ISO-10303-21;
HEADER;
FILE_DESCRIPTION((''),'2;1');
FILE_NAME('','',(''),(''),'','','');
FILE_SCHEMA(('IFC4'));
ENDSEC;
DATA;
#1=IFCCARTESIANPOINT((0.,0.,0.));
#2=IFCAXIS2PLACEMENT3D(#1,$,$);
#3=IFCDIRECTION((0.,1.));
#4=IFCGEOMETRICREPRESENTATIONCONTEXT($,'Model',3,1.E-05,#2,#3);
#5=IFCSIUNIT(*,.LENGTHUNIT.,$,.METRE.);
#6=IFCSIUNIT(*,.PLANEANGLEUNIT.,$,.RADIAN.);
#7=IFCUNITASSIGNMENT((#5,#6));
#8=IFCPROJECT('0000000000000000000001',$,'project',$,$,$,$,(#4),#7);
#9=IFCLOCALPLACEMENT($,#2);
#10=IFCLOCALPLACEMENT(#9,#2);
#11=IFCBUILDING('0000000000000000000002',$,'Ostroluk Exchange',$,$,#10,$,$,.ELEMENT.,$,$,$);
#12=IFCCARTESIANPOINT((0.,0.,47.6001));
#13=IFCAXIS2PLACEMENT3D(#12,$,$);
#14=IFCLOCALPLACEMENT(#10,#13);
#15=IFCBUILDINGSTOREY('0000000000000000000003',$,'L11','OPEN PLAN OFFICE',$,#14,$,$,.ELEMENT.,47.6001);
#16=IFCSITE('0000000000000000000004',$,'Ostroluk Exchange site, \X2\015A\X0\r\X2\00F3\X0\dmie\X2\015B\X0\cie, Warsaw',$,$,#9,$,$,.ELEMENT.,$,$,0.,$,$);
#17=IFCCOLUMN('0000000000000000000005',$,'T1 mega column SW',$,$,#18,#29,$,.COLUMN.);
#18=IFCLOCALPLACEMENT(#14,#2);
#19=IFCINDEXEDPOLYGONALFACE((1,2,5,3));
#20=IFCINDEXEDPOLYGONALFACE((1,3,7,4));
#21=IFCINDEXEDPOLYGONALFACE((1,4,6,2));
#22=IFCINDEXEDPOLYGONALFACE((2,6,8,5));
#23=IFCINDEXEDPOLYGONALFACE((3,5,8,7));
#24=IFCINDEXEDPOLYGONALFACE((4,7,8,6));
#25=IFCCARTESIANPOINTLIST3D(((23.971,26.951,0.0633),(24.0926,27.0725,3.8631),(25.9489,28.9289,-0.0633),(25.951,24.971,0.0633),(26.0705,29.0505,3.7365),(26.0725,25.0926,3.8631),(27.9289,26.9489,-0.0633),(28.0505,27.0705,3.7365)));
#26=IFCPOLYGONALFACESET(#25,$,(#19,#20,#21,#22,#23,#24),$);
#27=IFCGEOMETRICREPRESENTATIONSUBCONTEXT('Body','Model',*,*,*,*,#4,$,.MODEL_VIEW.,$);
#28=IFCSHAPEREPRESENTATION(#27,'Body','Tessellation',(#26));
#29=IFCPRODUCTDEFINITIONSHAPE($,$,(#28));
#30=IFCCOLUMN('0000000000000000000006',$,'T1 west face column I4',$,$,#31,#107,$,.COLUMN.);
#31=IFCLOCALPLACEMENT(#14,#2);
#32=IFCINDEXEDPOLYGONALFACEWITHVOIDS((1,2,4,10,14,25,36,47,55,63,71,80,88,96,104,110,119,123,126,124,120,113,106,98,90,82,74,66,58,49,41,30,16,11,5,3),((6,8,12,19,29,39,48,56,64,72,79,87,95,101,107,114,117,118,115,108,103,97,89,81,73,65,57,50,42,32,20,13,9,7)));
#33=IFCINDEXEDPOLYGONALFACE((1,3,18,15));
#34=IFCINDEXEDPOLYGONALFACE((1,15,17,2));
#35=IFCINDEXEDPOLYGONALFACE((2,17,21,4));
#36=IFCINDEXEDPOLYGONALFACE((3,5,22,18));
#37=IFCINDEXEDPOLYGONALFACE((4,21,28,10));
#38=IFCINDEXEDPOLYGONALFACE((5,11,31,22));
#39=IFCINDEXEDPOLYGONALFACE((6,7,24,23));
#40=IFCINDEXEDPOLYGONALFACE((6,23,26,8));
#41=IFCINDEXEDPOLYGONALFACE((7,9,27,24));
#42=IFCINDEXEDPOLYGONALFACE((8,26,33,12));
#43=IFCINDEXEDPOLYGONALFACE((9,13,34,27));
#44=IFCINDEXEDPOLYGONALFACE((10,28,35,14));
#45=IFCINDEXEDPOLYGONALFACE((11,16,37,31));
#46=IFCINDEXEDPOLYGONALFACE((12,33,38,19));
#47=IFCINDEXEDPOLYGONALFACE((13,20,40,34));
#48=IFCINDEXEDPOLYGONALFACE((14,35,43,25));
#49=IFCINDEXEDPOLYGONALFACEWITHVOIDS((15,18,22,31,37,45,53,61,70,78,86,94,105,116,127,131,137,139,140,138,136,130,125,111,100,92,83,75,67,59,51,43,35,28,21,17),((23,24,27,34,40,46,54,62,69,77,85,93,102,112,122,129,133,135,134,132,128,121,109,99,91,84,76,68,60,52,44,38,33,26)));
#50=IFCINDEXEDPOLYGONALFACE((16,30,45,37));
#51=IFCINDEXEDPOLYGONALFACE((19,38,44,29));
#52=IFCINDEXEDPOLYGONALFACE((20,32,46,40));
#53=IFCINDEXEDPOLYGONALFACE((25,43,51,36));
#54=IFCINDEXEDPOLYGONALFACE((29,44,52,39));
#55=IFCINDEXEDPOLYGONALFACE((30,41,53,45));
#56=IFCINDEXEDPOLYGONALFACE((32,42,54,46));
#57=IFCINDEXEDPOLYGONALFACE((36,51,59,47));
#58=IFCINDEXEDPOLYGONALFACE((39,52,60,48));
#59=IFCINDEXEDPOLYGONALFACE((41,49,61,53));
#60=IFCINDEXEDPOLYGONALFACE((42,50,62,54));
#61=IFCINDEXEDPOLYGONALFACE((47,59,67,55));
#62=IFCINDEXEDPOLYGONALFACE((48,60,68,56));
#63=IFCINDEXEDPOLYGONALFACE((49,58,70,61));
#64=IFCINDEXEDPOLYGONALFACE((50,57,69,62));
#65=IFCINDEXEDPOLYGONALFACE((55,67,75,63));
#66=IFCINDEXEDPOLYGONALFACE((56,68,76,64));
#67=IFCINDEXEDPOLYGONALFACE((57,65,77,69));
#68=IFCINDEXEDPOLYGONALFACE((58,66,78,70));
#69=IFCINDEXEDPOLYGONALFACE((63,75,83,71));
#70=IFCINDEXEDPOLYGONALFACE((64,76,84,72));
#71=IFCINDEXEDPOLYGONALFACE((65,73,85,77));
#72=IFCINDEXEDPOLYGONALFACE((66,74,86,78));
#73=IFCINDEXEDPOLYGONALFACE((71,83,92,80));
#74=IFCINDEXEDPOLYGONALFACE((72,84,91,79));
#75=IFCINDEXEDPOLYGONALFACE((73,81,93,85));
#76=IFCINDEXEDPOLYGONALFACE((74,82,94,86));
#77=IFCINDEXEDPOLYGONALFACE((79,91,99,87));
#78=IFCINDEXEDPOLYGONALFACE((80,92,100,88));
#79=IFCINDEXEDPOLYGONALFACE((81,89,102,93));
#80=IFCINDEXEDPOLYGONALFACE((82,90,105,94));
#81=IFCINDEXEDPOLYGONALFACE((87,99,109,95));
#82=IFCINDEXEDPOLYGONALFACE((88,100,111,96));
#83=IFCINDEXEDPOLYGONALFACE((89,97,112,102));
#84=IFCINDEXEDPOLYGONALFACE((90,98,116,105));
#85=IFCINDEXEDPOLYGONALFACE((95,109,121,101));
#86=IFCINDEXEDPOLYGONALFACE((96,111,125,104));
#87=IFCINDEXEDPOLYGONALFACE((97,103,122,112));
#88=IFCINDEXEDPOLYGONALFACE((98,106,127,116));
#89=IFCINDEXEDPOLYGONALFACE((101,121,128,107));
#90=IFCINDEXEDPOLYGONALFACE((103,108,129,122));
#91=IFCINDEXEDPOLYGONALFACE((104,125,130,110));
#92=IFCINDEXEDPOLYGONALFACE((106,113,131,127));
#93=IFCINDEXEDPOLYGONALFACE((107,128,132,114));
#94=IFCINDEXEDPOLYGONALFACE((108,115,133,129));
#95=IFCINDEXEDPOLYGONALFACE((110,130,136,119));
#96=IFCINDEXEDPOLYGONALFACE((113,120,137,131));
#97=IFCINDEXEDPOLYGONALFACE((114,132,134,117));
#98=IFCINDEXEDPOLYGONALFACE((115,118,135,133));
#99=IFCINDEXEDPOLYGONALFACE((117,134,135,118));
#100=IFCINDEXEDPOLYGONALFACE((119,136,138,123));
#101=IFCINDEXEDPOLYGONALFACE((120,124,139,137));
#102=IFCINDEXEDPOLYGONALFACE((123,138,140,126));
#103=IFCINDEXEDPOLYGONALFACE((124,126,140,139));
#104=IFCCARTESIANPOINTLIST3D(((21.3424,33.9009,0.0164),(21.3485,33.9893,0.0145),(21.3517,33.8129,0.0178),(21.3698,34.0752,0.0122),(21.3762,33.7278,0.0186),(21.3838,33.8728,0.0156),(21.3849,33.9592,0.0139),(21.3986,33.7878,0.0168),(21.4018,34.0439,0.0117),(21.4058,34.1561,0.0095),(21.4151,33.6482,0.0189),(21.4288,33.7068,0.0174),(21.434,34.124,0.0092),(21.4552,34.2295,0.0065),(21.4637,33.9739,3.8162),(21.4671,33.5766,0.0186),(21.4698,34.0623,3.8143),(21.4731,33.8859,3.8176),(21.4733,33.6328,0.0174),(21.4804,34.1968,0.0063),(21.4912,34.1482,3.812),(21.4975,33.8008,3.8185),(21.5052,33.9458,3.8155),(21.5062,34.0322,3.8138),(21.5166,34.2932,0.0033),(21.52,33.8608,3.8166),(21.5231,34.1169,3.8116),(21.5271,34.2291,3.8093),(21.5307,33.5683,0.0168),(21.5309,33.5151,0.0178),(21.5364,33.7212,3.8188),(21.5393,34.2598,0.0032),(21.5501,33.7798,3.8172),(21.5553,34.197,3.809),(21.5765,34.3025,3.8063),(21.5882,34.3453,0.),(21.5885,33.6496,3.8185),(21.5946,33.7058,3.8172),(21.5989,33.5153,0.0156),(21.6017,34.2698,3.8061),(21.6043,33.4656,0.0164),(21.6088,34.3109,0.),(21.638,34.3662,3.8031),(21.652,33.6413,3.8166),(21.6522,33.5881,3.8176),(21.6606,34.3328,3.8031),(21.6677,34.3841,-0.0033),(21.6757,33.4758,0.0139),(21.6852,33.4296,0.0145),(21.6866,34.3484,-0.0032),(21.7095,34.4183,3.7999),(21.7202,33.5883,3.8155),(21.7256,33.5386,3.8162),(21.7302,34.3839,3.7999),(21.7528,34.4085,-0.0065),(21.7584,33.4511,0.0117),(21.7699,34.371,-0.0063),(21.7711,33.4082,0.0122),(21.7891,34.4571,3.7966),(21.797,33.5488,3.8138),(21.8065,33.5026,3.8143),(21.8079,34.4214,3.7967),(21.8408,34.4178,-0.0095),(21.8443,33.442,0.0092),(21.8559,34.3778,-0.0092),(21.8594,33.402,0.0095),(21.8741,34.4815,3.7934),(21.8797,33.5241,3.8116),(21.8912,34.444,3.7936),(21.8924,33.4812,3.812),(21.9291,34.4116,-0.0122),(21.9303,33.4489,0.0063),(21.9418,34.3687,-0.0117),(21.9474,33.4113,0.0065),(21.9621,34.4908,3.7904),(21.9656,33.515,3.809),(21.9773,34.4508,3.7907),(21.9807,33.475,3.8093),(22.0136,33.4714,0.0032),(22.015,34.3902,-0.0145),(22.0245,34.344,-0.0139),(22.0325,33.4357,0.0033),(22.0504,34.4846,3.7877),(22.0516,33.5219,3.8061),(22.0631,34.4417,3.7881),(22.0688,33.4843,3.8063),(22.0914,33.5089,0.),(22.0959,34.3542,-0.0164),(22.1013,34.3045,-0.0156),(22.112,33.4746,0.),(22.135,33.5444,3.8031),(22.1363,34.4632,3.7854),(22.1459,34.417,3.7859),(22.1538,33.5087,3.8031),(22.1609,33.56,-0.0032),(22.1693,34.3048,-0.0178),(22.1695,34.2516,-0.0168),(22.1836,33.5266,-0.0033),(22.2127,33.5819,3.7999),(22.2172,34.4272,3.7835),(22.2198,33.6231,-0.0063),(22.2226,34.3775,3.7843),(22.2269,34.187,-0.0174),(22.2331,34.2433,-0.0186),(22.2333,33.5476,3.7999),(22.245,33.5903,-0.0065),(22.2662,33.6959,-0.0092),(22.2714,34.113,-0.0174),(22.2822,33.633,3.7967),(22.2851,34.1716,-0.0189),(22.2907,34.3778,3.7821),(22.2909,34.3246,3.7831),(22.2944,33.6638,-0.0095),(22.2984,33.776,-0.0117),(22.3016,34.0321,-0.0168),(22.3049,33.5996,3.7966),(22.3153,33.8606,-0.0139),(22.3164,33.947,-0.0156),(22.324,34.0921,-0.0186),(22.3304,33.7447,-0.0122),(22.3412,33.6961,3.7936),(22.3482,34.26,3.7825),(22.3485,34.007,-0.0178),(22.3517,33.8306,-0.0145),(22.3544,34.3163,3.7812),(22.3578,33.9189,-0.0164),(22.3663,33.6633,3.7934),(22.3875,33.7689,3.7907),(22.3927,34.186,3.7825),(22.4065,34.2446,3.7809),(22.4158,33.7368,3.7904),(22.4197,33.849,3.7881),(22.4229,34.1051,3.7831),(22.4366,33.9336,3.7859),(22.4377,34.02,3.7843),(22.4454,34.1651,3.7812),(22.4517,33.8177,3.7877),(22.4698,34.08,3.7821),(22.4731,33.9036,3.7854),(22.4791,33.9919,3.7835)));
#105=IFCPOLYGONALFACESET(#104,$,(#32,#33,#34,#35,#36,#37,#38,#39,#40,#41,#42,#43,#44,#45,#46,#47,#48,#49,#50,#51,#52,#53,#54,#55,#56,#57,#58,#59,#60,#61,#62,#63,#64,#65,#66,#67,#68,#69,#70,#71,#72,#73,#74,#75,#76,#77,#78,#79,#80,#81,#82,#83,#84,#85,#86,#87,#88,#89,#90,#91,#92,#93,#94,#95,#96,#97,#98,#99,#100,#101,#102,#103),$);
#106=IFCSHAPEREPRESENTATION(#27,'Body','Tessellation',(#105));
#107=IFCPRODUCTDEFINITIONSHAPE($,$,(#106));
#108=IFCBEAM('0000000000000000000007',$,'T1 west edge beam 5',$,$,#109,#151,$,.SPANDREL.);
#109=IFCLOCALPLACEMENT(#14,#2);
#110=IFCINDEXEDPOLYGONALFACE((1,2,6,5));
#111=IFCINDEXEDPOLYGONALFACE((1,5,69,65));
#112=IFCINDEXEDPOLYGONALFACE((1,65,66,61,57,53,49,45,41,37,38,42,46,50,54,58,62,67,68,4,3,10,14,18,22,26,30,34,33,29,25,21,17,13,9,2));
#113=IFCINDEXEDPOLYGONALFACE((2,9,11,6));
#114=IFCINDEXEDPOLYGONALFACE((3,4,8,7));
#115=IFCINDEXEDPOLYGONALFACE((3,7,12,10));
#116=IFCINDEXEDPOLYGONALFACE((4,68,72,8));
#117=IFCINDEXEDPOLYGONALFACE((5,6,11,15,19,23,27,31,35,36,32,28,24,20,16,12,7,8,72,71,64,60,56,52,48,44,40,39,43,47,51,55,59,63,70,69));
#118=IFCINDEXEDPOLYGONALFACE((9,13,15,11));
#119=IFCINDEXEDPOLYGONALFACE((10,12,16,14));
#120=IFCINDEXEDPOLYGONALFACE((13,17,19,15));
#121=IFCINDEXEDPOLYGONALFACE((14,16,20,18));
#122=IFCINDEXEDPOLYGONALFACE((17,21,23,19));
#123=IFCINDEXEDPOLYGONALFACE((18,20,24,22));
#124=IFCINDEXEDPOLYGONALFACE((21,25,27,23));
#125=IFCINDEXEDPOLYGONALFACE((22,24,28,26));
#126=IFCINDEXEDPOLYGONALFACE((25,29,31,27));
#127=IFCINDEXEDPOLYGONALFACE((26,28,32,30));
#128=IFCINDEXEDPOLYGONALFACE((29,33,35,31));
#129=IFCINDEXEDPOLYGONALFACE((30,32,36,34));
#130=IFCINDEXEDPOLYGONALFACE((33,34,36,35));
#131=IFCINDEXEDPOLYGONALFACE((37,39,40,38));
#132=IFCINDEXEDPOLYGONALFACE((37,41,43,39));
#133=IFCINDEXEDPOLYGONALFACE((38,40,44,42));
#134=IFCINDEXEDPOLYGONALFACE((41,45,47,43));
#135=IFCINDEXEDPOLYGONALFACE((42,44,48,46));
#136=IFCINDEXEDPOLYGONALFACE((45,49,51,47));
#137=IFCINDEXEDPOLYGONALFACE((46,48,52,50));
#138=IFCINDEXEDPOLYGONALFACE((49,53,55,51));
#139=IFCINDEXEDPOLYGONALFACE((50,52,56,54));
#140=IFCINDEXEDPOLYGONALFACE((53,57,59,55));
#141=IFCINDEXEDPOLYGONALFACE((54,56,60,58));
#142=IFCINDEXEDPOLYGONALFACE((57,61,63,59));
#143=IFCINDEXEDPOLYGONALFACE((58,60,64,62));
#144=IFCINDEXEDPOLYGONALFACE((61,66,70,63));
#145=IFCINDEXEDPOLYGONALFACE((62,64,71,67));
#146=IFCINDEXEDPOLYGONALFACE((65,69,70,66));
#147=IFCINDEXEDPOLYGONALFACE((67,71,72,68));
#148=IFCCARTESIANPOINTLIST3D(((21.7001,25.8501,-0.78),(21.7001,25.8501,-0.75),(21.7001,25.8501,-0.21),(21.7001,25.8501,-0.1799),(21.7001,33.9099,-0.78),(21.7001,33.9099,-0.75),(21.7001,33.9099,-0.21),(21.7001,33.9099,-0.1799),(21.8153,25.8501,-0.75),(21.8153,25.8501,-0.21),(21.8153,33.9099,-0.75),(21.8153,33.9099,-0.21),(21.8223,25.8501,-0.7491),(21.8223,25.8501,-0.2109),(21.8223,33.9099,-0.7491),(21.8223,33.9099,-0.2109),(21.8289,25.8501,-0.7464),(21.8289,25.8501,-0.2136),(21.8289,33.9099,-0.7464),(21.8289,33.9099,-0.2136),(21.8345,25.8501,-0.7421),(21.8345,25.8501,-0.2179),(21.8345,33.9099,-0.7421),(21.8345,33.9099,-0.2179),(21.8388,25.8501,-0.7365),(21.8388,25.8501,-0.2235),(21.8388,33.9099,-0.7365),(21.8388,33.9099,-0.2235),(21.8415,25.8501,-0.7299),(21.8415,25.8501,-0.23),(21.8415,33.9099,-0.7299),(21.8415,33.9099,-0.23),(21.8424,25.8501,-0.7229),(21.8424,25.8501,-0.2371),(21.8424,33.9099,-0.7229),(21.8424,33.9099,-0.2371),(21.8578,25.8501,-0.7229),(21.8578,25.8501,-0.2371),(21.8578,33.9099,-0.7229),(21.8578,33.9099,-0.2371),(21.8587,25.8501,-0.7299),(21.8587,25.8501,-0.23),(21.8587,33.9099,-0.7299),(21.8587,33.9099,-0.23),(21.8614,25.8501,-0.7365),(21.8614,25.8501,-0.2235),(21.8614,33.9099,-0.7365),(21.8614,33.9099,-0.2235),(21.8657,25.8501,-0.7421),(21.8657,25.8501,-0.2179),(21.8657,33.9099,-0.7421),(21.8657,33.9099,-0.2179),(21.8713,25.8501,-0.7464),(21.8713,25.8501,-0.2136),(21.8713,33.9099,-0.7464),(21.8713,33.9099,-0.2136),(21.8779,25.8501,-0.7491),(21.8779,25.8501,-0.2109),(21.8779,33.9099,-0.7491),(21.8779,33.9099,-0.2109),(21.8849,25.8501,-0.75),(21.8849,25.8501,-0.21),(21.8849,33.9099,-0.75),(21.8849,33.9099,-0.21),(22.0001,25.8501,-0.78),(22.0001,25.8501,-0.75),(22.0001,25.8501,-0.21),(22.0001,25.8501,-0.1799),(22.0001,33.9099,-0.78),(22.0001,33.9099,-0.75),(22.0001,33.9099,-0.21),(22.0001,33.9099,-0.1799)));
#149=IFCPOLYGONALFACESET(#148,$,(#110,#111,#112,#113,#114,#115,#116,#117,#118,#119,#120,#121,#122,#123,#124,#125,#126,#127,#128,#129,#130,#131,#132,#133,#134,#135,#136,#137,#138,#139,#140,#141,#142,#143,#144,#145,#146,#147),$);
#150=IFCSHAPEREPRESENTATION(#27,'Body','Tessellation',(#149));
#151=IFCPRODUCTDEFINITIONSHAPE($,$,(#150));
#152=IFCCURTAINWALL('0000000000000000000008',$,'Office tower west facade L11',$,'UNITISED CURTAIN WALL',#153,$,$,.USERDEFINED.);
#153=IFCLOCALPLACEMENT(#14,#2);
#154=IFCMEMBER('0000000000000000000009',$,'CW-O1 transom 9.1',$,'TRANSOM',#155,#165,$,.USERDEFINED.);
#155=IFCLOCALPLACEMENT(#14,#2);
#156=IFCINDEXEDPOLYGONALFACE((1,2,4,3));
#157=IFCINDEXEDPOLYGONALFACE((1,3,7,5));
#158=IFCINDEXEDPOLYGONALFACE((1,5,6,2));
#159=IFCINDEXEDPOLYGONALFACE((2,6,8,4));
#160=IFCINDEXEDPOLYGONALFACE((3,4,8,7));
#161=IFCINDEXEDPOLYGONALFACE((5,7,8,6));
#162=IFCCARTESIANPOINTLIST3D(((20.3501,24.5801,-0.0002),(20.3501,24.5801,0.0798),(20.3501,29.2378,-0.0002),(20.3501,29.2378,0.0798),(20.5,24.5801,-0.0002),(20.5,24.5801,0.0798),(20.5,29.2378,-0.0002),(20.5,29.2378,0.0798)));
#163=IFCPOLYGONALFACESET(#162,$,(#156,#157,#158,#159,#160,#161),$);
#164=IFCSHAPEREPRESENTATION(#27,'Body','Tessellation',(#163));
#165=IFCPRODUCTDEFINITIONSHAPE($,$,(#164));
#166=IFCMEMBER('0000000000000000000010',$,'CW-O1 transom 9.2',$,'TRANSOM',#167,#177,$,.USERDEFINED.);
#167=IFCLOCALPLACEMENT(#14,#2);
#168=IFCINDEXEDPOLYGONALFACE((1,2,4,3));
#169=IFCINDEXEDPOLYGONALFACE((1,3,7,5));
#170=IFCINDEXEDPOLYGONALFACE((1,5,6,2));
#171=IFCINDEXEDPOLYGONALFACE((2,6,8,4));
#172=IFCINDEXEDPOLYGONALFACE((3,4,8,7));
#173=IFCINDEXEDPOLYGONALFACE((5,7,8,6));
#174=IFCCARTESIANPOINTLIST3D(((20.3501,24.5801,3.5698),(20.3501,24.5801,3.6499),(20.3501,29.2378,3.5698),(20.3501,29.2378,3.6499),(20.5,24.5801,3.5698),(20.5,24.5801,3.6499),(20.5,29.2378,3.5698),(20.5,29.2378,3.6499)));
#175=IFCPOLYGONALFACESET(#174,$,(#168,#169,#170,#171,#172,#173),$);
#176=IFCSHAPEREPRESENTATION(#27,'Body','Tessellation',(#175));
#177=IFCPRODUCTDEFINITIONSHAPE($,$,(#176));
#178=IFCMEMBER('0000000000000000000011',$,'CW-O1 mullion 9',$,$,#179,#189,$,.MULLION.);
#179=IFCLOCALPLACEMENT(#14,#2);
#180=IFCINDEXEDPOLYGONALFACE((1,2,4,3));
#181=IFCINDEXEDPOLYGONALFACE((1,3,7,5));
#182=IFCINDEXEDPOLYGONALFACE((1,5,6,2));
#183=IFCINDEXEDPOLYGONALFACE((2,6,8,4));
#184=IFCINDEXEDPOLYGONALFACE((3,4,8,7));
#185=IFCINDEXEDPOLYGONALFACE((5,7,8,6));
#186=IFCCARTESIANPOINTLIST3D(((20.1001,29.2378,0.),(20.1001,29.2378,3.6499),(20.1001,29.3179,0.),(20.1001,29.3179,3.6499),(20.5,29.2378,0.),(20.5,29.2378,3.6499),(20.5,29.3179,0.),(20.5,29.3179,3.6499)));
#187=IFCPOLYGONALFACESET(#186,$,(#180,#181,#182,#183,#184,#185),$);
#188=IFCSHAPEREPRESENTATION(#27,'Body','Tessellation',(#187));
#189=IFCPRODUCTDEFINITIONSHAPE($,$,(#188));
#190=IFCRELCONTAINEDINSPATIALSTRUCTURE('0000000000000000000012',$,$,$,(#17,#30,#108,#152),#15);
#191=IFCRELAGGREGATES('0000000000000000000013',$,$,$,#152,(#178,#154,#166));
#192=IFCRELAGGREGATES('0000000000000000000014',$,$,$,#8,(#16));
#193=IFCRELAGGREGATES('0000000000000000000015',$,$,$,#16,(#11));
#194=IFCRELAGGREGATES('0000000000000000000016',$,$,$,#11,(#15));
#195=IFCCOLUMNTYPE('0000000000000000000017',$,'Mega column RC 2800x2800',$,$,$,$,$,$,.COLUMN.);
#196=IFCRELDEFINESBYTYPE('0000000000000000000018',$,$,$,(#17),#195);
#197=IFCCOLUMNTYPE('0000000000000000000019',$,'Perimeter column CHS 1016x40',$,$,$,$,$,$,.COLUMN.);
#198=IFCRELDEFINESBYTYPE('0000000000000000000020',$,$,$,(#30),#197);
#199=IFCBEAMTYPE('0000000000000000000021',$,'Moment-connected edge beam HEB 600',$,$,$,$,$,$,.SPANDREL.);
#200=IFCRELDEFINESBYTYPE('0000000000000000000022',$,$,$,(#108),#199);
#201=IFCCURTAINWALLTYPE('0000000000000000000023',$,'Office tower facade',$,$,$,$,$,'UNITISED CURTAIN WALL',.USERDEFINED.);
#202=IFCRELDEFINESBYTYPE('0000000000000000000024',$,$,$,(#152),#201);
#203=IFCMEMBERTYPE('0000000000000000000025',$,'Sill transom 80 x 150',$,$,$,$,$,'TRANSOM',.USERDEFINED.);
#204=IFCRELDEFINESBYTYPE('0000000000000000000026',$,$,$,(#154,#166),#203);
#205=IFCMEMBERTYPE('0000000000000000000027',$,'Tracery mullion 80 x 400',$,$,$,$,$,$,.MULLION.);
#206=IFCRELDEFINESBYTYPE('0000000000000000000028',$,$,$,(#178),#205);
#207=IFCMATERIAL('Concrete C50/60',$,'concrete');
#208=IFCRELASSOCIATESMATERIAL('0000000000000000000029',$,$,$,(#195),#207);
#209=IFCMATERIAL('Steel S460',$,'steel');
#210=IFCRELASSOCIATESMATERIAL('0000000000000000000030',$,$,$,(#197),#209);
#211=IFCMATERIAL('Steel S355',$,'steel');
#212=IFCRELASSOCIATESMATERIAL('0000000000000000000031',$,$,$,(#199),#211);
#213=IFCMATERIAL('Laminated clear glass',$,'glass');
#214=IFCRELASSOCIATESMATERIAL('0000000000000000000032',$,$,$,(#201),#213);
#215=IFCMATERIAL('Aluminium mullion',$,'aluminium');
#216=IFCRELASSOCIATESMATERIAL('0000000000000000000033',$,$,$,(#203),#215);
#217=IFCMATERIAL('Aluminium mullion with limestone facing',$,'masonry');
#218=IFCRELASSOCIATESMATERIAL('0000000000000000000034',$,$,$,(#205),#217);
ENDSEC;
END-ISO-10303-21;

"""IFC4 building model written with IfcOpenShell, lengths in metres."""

from ifc_helpers import new_model, si_unit, direction, frame, origin, origin_2d, place, context, subcontext, project, spatial, rectangle, hollow_circle, i_section, extrude, material, material_profile, profile_set, type_object, element, aggregate, save


model = new_model("IFC4")

# Units and contexts
model_context = context("Model", 3, precision=1e-05, world=origin(), true_north=direction((0.0, 1.0)))
body_context = subcontext(model_context, "Body", "Model", "MODEL_VIEW")
ifc_project = project(units=[si_unit("LENGTHUNIT", "METRE"), si_unit("PLANEANGLEUNIT", "RADIAN")], contexts=[model_context])

# Site, building, storey
site_placement = place(None, origin())
site = spatial("IfcSite", under=ifc_project, at=site_placement, Name="Ostroluk Exchange site, Śródmieście, Warsaw", CompositionType="ELEMENT", RefElevation=0.0)
building_placement = place(site_placement, origin())
building = spatial("IfcBuilding", under=site, at=building_placement, Name="Ostroluk Exchange", CompositionType="ELEMENT")
storey_placement = place(building_placement, frame((0.0, 0.0, 47.6001)))
storey = spatial("IfcBuildingStorey", under=building, at=storey_placement, Name="L11", Description="OPEN PLAN OFFICE", CompositionType="ELEMENT", Elevation=47.6001)

# Columns
ifc_material_1 = material(Name="Concrete C50/60", Category="concrete")
ifc_material_profile_1 = material_profile(ifc_material_1, rectangle(XDim=2.8, YDim=2.8, at=origin_2d()), Name="RC 2800x2800")
ifc_profile_set_1 = profile_set([ifc_material_profile_1], Name="Concrete C50/60")
column_type_1 = type_object("IfcColumnType", Name="Mega column RC 2800x2800", PredefinedType="COLUMN", material=ifc_profile_set_1)
column_1_placement = place(storey_placement, frame((25.95, 26.95, 0.0), z_axis=(0.031964, 0.031964, 0.998978), x_axis=(-0.707107, 0.707107, 0.0)))
element("IfcColumn", 1, at=column_1_placement, inside=storey, type_object=column_type_1, Name="T1 mega column SW", PredefinedType="COLUMN", context=body_context, shape_type="SweptSolid", body=[
    extrude(rectangle(XDim=2.8, YDim=2.8, at=origin_2d()), origin(), (0.0, 0.0, 1.0), 3.8037),
])
ifc_material_2 = material(Name="Steel S460", Category="steel")
ifc_material_profile_2 = material_profile(ifc_material_2, hollow_circle(Radius=0.5081, WallThickness=0.04, at=origin_2d()), Name="CHS 1016x40")
ifc_profile_set_2 = profile_set([ifc_material_profile_2], Name="Steel S460")
column_type_2 = type_object("IfcColumnType", Name="Perimeter column CHS 1016x40", PredefinedType="COLUMN", material=ifc_profile_set_2)
column_2_placement = place(storey_placement, frame((21.8501, 33.9099, 0.0), z_axis=(0.031911, 0.019198, 0.999306), x_axis=(-0.51551, 0.856884, 0.0)))
element("IfcColumn", 2, at=column_2_placement, inside=storey, type_object=column_type_2, Name="T1 west face column I4", PredefinedType="COLUMN", context=body_context, shape_type="SweptSolid", body=[
    extrude(hollow_circle(Radius=0.5081, WallThickness=0.04, at=origin_2d()), origin(), (0.0, 0.0, 1.0), 3.8025),
])

# Beam
ifc_material_3 = material(Name="Steel S355", Category="steel")
ifc_material_profile_3 = material_profile(ifc_material_3, i_section(OverallWidth=0.3, OverallDepth=0.6001, WebThickness=0.0154, FlangeThickness=0.03, FilletRadius=0.0271, at=origin_2d()), Name="HEB 600")
ifc_profile_set_3 = profile_set([ifc_material_profile_3], Name="Steel S355")
beam_type = type_object("IfcBeamType", Name="Moment-connected edge beam HEB 600", PredefinedType="SPANDREL", material=ifc_profile_set_3)
beam_placement = place(storey_placement, frame((21.8501, 33.9099, -0.48), z_axis=(0.0, -1.0, 0.0), x_axis=(1.0, 0.0, 0.0)))
element("IfcBeam", 3, at=beam_placement, inside=storey, type_object=beam_type, Name="T1 west edge beam 5", PredefinedType="SPANDREL", context=body_context, shape_type="SweptSolid", body=[
    extrude(i_section(OverallWidth=0.3, OverallDepth=0.6001, WebThickness=0.0154, FlangeThickness=0.03, FilletRadius=0.0271, at=origin_2d()), origin(), (0.0, 0.0, 1.0), 8.0598),
])

# Curtain wall, members
ifc_material_4 = material(Name="Laminated clear glass", Category="glass")
curtain_wall_type = type_object("IfcCurtainWallType", Name="Office tower facade", ElementType="UNITISED CURTAIN WALL", PredefinedType="USERDEFINED", material=ifc_material_4)
curtain_wall_placement = place(storey_placement, origin())
curtain_wall = element("IfcCurtainWall", 4, at=curtain_wall_placement, inside=storey, type_object=curtain_wall_type, Name="Office tower west facade L11", ObjectType="UNITISED CURTAIN WALL", PredefinedType="USERDEFINED")
ifc_material_5 = material(Name="Aluminium mullion", Category="aluminium")
ifc_material_profile_4 = material_profile(ifc_material_5, rectangle(XDim=0.1499, YDim=0.0801, at=origin_2d()), Name="Sill transom 80 x 150")
ifc_profile_set_4 = profile_set([ifc_material_profile_4], Name="Aluminium mullion")
member_type_1 = type_object("IfcMemberType", Name="Sill transom 80 x 150", ElementType="TRANSOM", PredefinedType="USERDEFINED", material=ifc_profile_set_4)
member_1_placement = place(storey_placement, frame((20.425, 29.2378, 0.0398), z_axis=(0.0, -1.0, 0.0), x_axis=(1.0, 0.0, 0.0)))
member_1 = element("IfcMember", 5, at=member_1_placement, type_object=member_type_1, Name="CW-O1 transom 9.1", ObjectType="TRANSOM", PredefinedType="USERDEFINED", context=body_context, shape_type="SweptSolid", body=[
    extrude(rectangle(XDim=0.1499, YDim=0.0801, at=origin_2d()), origin(), (0.0, 0.0, 1.0), 4.6577),
])
member_2_placement = place(storey_placement, frame((20.425, 29.2378, 3.6099), z_axis=(0.0, -1.0, 0.0), x_axis=(1.0, 0.0, 0.0)))
member_2 = element("IfcMember", 6, at=member_2_placement, type_object=member_type_1, Name="CW-O1 transom 9.2", ObjectType="TRANSOM", PredefinedType="USERDEFINED", context=body_context, shape_type="SweptSolid", body=[
    extrude(rectangle(XDim=0.1499, YDim=0.0801, at=origin_2d()), origin(), (0.0, 0.0, 1.0), 4.6577),
])
ifc_material_6 = material(Name="Aluminium mullion with limestone facing", Category="masonry")
ifc_material_profile_5 = material_profile(ifc_material_6, rectangle(XDim=0.3999, YDim=0.0801, at=origin_2d()), Name="Tracery mullion 80 x 400")
ifc_profile_set_5 = profile_set([ifc_material_profile_5], Name="Aluminium mullion with limestone facing")
member_type_2 = type_object("IfcMemberType", Name="Tracery mullion 80 x 400", PredefinedType="MULLION", material=ifc_profile_set_5)
member_3_placement = place(storey_placement, frame((20.3, 29.2778, 0.0), z_axis=(0.0, 0.0, 1.0), x_axis=(1.0, 0.0, 0.0)))
member_3 = element("IfcMember", 7, at=member_3_placement, type_object=member_type_2, Name="CW-O1 mullion 9", PredefinedType="MULLION", context=body_context, shape_type="SweptSolid", body=[
    extrude(rectangle(XDim=0.3999, YDim=0.0801, at=origin_2d()), origin(), (0.0, 0.0, 1.0), 3.6499),
])
aggregate(curtain_wall, [member_3, member_1, member_2])

save(model, "model.ifc")
